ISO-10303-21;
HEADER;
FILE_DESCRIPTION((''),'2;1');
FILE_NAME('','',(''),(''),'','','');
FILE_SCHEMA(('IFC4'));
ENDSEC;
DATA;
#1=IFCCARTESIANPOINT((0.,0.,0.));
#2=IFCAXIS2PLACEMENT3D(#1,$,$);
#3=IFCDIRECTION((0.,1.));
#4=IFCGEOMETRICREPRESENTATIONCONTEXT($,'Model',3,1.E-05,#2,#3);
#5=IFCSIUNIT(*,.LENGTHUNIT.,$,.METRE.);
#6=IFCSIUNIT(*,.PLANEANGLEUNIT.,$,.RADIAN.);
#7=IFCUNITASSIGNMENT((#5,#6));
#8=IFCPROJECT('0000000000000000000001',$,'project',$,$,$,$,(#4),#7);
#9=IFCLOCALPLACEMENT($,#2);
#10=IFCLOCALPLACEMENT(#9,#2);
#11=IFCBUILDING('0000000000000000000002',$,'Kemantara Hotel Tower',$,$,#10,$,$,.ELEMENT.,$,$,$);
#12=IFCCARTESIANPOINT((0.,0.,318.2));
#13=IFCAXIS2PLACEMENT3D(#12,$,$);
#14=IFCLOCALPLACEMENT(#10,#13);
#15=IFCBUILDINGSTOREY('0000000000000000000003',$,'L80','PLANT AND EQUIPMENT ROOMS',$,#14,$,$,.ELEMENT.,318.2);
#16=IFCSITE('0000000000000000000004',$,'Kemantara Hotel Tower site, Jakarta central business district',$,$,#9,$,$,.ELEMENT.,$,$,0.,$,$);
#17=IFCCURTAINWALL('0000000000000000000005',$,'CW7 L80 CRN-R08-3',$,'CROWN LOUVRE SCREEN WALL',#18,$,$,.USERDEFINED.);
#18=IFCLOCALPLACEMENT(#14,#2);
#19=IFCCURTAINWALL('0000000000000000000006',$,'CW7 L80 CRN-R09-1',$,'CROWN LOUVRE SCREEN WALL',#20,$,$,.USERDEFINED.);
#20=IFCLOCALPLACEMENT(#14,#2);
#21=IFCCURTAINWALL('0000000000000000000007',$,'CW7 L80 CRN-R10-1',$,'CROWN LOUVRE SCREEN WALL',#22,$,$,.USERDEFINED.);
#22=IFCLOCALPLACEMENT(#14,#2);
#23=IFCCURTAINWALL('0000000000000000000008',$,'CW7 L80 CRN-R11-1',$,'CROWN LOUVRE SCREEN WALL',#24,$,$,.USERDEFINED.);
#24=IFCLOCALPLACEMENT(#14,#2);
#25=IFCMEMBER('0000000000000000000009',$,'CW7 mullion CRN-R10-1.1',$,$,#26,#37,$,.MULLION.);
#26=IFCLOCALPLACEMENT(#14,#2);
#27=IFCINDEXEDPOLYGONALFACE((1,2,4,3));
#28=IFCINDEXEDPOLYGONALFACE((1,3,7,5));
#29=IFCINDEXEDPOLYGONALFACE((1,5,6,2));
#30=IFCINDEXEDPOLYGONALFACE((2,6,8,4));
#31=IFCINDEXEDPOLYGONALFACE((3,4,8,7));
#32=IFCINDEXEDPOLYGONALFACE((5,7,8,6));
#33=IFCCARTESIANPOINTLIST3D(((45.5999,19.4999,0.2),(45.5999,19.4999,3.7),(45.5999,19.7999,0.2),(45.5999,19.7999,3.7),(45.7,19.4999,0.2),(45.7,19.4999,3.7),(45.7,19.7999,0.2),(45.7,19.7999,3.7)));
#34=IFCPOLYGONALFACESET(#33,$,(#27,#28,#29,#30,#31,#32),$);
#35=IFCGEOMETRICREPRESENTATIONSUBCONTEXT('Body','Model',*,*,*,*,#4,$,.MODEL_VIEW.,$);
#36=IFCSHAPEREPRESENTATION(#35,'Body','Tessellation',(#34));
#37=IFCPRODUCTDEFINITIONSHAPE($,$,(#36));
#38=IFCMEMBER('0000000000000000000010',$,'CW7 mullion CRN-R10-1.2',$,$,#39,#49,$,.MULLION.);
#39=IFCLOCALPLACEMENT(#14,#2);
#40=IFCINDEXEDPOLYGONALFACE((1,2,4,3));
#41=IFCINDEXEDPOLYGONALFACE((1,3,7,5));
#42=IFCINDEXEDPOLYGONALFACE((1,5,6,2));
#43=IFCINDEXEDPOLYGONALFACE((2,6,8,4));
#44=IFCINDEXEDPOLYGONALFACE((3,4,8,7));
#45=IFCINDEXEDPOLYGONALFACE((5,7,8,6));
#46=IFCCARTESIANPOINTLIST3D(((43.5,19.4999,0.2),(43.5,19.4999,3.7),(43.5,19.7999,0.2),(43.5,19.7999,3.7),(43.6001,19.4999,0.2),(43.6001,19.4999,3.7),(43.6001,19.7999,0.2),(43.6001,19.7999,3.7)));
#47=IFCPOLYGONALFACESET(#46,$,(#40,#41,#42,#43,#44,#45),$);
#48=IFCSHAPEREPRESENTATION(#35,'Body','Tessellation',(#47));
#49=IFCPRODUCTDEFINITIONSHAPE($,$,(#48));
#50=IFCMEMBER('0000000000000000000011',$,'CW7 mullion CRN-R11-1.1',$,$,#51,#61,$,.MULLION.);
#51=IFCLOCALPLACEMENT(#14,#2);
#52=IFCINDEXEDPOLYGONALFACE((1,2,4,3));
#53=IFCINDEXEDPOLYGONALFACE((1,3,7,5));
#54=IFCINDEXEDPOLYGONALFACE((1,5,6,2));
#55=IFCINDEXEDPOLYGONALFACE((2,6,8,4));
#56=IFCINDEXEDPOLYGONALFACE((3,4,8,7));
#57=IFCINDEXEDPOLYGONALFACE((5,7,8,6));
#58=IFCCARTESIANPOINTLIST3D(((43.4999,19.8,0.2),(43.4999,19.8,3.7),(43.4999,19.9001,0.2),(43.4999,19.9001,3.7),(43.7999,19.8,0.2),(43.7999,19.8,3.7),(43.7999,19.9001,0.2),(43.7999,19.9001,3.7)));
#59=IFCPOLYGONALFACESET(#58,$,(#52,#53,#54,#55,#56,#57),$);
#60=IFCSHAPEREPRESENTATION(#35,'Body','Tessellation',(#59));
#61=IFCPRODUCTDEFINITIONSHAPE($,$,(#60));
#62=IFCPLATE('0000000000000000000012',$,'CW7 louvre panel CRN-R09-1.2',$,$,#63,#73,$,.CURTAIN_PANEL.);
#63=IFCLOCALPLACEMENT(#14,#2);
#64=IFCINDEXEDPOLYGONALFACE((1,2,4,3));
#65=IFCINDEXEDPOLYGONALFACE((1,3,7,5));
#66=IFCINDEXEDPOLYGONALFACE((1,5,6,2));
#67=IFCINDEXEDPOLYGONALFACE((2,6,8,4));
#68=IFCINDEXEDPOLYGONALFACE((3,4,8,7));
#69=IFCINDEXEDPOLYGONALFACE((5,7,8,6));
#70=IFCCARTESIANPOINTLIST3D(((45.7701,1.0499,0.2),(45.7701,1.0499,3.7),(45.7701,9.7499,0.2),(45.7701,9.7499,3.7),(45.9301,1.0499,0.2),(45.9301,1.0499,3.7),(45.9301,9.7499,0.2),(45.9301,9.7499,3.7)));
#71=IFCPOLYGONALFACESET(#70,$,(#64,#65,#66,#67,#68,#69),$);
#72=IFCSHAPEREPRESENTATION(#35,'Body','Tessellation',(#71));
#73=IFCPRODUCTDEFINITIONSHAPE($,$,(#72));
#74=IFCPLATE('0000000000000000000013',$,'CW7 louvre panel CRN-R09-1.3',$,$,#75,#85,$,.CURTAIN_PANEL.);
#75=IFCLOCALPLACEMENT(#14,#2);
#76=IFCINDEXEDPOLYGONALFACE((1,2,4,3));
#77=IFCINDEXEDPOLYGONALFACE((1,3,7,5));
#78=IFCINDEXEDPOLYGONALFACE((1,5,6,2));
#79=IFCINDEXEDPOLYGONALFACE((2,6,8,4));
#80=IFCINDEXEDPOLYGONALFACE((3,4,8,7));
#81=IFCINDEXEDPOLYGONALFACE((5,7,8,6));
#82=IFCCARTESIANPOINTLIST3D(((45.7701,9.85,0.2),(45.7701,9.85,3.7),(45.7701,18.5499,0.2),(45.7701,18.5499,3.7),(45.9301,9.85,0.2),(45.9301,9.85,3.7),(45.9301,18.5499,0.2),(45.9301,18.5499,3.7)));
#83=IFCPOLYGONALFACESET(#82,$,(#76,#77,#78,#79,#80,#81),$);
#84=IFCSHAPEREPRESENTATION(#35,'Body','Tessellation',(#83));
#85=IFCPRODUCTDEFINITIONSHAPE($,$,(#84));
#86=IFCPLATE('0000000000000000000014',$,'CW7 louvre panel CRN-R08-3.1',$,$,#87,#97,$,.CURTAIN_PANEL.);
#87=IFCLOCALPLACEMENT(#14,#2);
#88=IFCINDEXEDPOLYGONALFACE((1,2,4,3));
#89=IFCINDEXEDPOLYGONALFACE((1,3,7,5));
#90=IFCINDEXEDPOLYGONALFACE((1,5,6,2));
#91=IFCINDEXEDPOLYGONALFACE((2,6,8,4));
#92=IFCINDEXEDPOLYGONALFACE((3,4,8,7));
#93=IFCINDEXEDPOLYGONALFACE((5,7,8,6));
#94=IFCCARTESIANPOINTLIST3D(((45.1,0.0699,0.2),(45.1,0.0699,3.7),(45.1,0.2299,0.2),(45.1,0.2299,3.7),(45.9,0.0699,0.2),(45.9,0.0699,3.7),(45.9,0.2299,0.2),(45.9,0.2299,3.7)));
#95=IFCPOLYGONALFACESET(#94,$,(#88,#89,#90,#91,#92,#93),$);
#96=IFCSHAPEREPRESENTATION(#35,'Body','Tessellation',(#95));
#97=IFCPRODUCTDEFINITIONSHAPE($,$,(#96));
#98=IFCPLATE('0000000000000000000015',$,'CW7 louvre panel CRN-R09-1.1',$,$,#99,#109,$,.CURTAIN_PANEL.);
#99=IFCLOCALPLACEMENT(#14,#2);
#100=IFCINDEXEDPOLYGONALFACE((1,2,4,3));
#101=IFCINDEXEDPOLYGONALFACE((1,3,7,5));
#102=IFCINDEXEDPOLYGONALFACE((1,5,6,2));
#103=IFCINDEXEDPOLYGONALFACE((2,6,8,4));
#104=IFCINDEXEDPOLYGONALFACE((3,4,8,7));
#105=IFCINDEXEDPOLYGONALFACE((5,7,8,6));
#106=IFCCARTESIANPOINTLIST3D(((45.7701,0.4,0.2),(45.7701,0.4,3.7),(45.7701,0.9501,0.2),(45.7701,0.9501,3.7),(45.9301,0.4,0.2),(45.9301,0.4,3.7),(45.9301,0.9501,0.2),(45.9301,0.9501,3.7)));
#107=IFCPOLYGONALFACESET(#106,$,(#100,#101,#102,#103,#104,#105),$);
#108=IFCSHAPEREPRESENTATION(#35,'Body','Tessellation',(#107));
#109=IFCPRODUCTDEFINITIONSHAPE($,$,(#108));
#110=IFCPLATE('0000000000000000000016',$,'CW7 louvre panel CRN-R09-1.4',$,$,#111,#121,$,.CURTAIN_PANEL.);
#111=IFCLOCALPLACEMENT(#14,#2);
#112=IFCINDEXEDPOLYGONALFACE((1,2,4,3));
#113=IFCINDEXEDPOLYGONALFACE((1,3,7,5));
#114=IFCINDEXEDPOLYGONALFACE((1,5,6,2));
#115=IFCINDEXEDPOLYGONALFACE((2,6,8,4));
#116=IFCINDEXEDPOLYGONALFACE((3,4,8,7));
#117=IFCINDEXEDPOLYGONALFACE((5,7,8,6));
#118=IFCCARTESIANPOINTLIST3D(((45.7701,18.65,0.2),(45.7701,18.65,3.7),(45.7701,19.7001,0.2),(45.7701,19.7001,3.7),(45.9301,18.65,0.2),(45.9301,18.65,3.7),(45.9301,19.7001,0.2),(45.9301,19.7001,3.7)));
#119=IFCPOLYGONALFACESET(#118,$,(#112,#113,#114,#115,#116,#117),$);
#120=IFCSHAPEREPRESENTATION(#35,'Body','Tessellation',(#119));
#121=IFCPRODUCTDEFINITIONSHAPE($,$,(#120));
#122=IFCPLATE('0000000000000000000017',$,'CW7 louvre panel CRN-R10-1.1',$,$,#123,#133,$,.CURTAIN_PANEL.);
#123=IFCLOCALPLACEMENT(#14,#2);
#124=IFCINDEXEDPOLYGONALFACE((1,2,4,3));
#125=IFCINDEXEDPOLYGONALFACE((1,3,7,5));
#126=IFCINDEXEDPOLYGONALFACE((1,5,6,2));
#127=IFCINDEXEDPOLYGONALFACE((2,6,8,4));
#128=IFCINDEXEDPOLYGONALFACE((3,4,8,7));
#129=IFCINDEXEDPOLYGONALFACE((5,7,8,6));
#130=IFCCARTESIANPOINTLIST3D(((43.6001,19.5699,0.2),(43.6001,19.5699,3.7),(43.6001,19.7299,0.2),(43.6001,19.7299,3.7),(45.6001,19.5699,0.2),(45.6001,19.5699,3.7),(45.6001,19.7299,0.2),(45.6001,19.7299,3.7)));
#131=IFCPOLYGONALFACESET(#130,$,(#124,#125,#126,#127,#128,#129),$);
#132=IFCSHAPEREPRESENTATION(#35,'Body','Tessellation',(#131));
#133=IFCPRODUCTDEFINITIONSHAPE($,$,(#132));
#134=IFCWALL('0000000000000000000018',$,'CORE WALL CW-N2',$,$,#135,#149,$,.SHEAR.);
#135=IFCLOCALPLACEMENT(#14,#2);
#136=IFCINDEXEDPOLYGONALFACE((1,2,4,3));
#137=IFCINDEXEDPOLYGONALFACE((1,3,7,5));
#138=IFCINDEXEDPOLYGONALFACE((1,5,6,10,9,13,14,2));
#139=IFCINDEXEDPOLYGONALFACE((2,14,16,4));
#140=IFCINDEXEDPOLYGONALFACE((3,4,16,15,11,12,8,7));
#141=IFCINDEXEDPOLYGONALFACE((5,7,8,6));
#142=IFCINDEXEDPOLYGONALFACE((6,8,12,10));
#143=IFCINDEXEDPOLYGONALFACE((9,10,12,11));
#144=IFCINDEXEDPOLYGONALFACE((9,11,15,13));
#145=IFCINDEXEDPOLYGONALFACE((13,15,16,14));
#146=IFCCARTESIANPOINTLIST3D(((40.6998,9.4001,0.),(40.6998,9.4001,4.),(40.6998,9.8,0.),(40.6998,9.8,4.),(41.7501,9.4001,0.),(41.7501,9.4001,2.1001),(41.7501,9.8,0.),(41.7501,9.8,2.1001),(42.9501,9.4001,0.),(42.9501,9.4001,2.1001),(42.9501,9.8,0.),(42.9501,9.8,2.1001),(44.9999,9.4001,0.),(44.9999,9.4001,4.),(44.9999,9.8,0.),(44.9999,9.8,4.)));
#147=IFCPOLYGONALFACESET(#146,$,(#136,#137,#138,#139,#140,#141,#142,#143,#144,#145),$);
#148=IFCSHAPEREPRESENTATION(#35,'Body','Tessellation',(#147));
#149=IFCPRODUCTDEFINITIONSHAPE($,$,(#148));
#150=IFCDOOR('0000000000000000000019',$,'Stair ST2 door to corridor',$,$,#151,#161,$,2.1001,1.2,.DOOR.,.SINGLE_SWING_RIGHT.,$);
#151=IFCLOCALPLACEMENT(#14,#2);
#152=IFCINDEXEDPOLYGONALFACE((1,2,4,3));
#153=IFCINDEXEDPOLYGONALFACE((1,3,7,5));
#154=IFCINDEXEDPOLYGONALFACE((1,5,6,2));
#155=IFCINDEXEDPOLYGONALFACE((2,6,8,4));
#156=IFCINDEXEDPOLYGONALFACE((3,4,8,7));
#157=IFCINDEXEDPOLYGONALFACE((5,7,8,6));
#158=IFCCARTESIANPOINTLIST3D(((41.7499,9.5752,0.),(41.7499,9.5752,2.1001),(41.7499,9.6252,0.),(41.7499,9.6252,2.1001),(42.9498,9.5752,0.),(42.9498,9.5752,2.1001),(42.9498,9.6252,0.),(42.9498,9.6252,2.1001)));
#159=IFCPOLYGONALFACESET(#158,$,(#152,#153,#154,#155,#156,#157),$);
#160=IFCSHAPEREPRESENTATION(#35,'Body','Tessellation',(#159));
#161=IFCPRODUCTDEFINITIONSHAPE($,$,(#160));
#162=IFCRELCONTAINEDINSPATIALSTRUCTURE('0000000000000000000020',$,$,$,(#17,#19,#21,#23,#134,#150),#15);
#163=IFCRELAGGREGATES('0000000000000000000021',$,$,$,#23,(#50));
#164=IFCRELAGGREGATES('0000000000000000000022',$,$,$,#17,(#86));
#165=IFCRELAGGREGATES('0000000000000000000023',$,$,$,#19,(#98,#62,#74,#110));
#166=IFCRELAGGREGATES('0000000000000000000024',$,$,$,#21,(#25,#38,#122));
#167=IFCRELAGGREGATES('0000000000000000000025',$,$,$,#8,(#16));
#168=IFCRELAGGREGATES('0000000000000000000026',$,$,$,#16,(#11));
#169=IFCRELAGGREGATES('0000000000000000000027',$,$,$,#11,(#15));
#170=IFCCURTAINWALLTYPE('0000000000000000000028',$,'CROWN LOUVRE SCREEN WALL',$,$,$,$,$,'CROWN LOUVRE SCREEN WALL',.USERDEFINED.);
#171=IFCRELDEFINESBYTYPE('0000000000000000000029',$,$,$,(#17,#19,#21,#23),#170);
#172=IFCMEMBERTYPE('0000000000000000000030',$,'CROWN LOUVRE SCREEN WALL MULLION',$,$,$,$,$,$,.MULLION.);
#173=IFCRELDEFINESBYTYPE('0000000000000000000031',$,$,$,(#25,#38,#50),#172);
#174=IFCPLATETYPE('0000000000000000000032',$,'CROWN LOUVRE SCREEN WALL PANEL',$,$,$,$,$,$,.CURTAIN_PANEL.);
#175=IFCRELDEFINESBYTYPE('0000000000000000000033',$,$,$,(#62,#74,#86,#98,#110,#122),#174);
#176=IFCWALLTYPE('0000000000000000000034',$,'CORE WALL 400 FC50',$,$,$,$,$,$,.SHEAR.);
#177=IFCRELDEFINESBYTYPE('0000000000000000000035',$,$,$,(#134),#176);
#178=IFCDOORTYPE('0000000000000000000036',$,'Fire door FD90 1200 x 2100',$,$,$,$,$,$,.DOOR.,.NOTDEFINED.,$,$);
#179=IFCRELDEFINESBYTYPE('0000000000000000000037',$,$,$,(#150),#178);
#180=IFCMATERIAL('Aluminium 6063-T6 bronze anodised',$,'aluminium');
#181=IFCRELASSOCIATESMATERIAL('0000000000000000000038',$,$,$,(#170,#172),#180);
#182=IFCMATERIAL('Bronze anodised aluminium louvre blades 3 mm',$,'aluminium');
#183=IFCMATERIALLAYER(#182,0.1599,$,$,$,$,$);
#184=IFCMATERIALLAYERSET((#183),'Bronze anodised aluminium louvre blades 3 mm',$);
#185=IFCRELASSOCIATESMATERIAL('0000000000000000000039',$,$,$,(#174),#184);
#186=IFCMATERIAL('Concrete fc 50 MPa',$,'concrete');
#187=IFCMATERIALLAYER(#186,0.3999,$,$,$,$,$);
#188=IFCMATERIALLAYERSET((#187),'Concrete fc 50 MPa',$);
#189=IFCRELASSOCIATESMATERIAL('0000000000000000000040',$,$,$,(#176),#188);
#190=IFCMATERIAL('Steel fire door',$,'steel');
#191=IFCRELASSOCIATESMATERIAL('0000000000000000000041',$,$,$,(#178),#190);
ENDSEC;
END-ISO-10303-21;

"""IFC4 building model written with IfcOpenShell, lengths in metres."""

from ifc_helpers import new_model, si_unit, direction, frame, frame_2d, origin, origin_2d, place, context, subcontext, project, spatial, rectangle, extrude, source, transform, mapped, material, layer, layer_set, material_profile, profile_set, type_object, element, fill, aggregate, save


model = new_model("IFC4")

# Units and contexts
model_context = context("Model", 3, precision=1e-05, world=origin(), true_north=direction((0.0, 1.0)))
body_context = subcontext(model_context, "Body", "Model", "MODEL_VIEW")
ifc_project = project(units=[si_unit("LENGTHUNIT", "METRE"), si_unit("PLANEANGLEUNIT", "RADIAN")], contexts=[model_context])

# Site, building, storey
site_placement = place(None, origin())
site = spatial("IfcSite", under=ifc_project, at=site_placement, Name="Kemantara Hotel Tower site, Jakarta central business district", CompositionType="ELEMENT", RefElevation=0.0)
building_placement = place(site_placement, origin())
building = spatial("IfcBuilding", under=site, at=building_placement, Name="Kemantara Hotel Tower", CompositionType="ELEMENT")
storey_placement = place(building_placement, frame((0.0, 0.0, 318.2)))
storey = spatial("IfcBuildingStorey", under=building, at=storey_placement, Name="L80", Description="PLANT AND EQUIPMENT ROOMS", CompositionType="ELEMENT", Elevation=318.2)

# Shared definitions
ifc_material_1 = material(Name="Concrete fc 50 MPa", Category="concrete")

# Curtain walls
ifc_material_2 = material(Name="Aluminium 6063-T6 bronze anodised", Category="aluminium")
curtain_wall_type = type_object("IfcCurtainWallType", Name="CROWN LOUVRE SCREEN WALL", ElementType="CROWN LOUVRE SCREEN WALL", PredefinedType="USERDEFINED", material=ifc_material_2)
curtain_wall_1_placement = place(storey_placement, origin())
curtain_wall_1 = element("IfcCurtainWall", 1, at=curtain_wall_1_placement, inside=storey, type_object=curtain_wall_type, Name="CW7 L80 CRN-R08-3", ObjectType="CROWN LOUVRE SCREEN WALL", PredefinedType="USERDEFINED")
curtain_wall_2_placement = place(storey_placement, origin())
curtain_wall_2 = element("IfcCurtainWall", 2, at=curtain_wall_2_placement, inside=storey, type_object=curtain_wall_type, Name="CW7 L80 CRN-R09-1", ObjectType="CROWN LOUVRE SCREEN WALL", PredefinedType="USERDEFINED")
curtain_wall_3_placement = place(storey_placement, origin())
curtain_wall_3 = element("IfcCurtainWall", 3, at=curtain_wall_3_placement, inside=storey, type_object=curtain_wall_type, Name="CW7 L80 CRN-R10-1", ObjectType="CROWN LOUVRE SCREEN WALL", PredefinedType="USERDEFINED")
curtain_wall_4_placement = place(storey_placement, origin())
curtain_wall_4 = element("IfcCurtainWall", 4, at=curtain_wall_4_placement, inside=storey, type_object=curtain_wall_type, Name="CW7 L80 CRN-R11-1", ObjectType="CROWN LOUVRE SCREEN WALL", PredefinedType="USERDEFINED")
ifc_material_profile_1 = material_profile(ifc_material_2, rectangle(XDim=0.3, YDim=0.1001, at=origin_2d()), Name="CROWN LOUVRE SCREEN WALL MULLION")
ifc_profile_set_1 = profile_set([ifc_material_profile_1], Name="Aluminium 6063-T6 bronze anodised")
member_type_1 = type_object("IfcMemberType", Name="CROWN LOUVRE SCREEN WALL MULLION", PredefinedType="MULLION", material=ifc_profile_set_1)
shared_shape_1 = source(origin(), body_context, "Body", "SweptSolid", [
    extrude(rectangle(XDim=0.3, YDim=0.1001, at=origin_2d()), origin(), (0.0, 0.0, 1.0), 3.5),
])

# Members
member_1_placement = place(storey_placement, frame((45.6499, 19.6499, 0.2), z_axis=(0.0, 0.0, 1.0), x_axis=(0.0, -1.0, 0.0)))
member_1 = element("IfcMember", 5, at=member_1_placement, type_object=member_type_1, Name="CW7 mullion CRN-R10-1.1", PredefinedType="MULLION", context=body_context, shape_type="MappedRepresentation", body=[
    mapped(shared_shape_1, transform((0.0, 0.0, 0.0))),
])
member_2_placement = place(storey_placement, frame((43.55, 19.6499, 0.2), z_axis=(0.0, 0.0, 1.0), x_axis=(0.0, -1.0, 0.0)))
member_2 = element("IfcMember", 6, at=member_2_placement, type_object=member_type_1, Name="CW7 mullion CRN-R10-1.2", PredefinedType="MULLION", context=body_context, shape_type="MappedRepresentation", body=[
    mapped(shared_shape_1, transform((0.0, 0.0, 0.0))),
])
member_3_placement = place(storey_placement, frame((43.6499, 19.8501, 0.2), z_axis=(0.0, 0.0, 1.0), x_axis=(-1.0, 0.0, 0.0)))
member_3 = element("IfcMember", 7, at=member_3_placement, type_object=member_type_1, Name="CW7 mullion CRN-R11-1.1", PredefinedType="MULLION", context=body_context, shape_type="MappedRepresentation", body=[
    mapped(shared_shape_1, transform((0.0, 0.0, 0.0))),
])
aggregate(curtain_wall_4, [member_3])

# Plates
ifc_material_3 = material(Name="Bronze anodised aluminium louvre blades 3 mm", Category="aluminium")
ifc_layer_1 = layer(ifc_material_3, 0.1599)
ifc_layer_set_1 = layer_set([ifc_layer_1], Name="Bronze anodised aluminium louvre blades 3 mm")
plate_type = type_object("IfcPlateType", Name="CROWN LOUVRE SCREEN WALL PANEL", PredefinedType="CURTAIN_PANEL", material=ifc_layer_set_1)
shared_shape_2 = source(origin(), body_context, "Body", "SweptSolid", [
    extrude(rectangle(XDim=8.7, YDim=0.1599, at=origin_2d()), origin(), (0.0, 0.0, 1.0), 3.5),
])
plate_1_placement = place(storey_placement, frame((45.8501, 5.3999, 0.2), z_axis=(0.0, 0.0, 1.0), x_axis=(0.0, 1.0, 0.0)))
plate_1 = element("IfcPlate", 8, at=plate_1_placement, type_object=plate_type, Name="CW7 louvre panel CRN-R09-1.2", PredefinedType="CURTAIN_PANEL", context=body_context, shape_type="MappedRepresentation", body=[
    mapped(shared_shape_2, transform((0.0, 0.0, 0.0))),
])
plate_2_placement = place(storey_placement, frame((45.8501, 14.2, 0.2), z_axis=(0.0, 0.0, 1.0), x_axis=(0.0, 1.0, 0.0)))
plate_2 = element("IfcPlate", 9, at=plate_2_placement, type_object=plate_type, Name="CW7 louvre panel CRN-R09-1.3", PredefinedType="CURTAIN_PANEL", context=body_context, shape_type="MappedRepresentation", body=[
    mapped(shared_shape_2, transform((0.0, 0.0, 0.0))),
])
shared_shape_3 = source(origin(), body_context, "Body", "SweptSolid", [
    extrude(rectangle(XDim=0.8, YDim=0.1599, at=origin_2d()), origin(), (0.0, 0.0, 1.0), 3.5),
])
plate_3_placement = place(storey_placement, frame((45.5, 0.1499, 0.2), z_axis=(0.0, 0.0, 1.0), x_axis=(1.0, 0.0, 0.0)))
plate_3 = element("IfcPlate", 10, at=plate_3_placement, type_object=plate_type, Name="CW7 louvre panel CRN-R08-3.1", PredefinedType="CURTAIN_PANEL", context=body_context, shape_type="MappedRepresentation", body=[
    mapped(shared_shape_3, transform((0.0, 0.0, 0.0))),
])
aggregate(curtain_wall_1, [plate_3])
shared_shape_4 = source(origin(), body_context, "Body", "SweptSolid", [
    extrude(rectangle(XDim=0.55, YDim=0.1599, at=origin_2d()), origin(), (0.0, 0.0, 1.0), 3.5),
])
plate_4_placement = place(storey_placement, frame((45.8501, 0.675, 0.2), z_axis=(0.0, 0.0, 1.0), x_axis=(0.0, 1.0, 0.0)))
plate_4 = element("IfcPlate", 11, at=plate_4_placement, type_object=plate_type, Name="CW7 louvre panel CRN-R09-1.1", PredefinedType="CURTAIN_PANEL", context=body_context, shape_type="MappedRepresentation", body=[
    mapped(shared_shape_4, transform((0.0, 0.0, 0.0))),
])
shared_shape_5 = source(origin(), body_context, "Body", "SweptSolid", [
    extrude(rectangle(XDim=1.05, YDim=0.1599, at=origin_2d()), origin(), (0.0, 0.0, 1.0), 3.5),
])
plate_5_placement = place(storey_placement, frame((45.8501, 19.175, 0.2), z_axis=(0.0, 0.0, 1.0), x_axis=(0.0, 1.0, 0.0)))
plate_5 = element("IfcPlate", 12, at=plate_5_placement, type_object=plate_type, Name="CW7 louvre panel CRN-R09-1.4", PredefinedType="CURTAIN_PANEL", context=body_context, shape_type="MappedRepresentation", body=[
    mapped(shared_shape_5, transform((0.0, 0.0, 0.0))),
])
aggregate(curtain_wall_2, [plate_4, plate_1, plate_2, plate_5])
shared_shape_6 = source(origin(), body_context, "Body", "SweptSolid", [
    extrude(rectangle(XDim=2.0, YDim=0.1599, at=origin_2d()), origin(), (0.0, 0.0, 1.0), 3.5),
])
plate_6_placement = place(storey_placement, frame((44.6001, 19.6499, 0.2), z_axis=(0.0, 0.0, 1.0), x_axis=(-1.0, 0.0, 0.0)))
plate_6 = element("IfcPlate", 13, at=plate_6_placement, type_object=plate_type, Name="CW7 louvre panel CRN-R10-1.1", PredefinedType="CURTAIN_PANEL", context=body_context, shape_type="MappedRepresentation", body=[
    mapped(shared_shape_6, transform((0.0, 0.0, 0.0))),
])
aggregate(curtain_wall_3, [member_1, member_2, plate_6])

# Wall, opening, door
ifc_layer_2 = layer(ifc_material_1, 0.3999)
ifc_layer_set_2 = layer_set([ifc_layer_2], Name="Concrete fc 50 MPa")
wall_type_1 = type_object("IfcWallType", Name="CORE WALL 400 FC50", PredefinedType="SHEAR", material=ifc_layer_set_2)
wall_1_placement = place(storey_placement, frame((40.7, 9.6001, 0.0), z_axis=(0.0, 0.0, 1.0), x_axis=(1.0, 0.0, 0.0)))
wall_1 = element("IfcWall", 14, at=wall_1_placement, inside=storey, type_object=wall_type_1, Name="CORE WALL CW-N2", PredefinedType="SHEAR", context=body_context, shape_type="SweptSolid", body=[
    extrude(rectangle(XDim=4.3, YDim=0.3999, at=frame_2d((2.1499, 0.0))), origin(), (0.0, 0.0, 1.0), 4.0),
])
opening_1_placement = place(wall_1_placement, frame((1.05, 0.0, 0.0)))
opening_1 = element("IfcOpeningElement", 15, at=opening_1_placement, cuts=wall_1, PredefinedType="OPENING", context=body_context, shape_type="SweptSolid", body=[
    extrude(rectangle(XDim=1.2, YDim=2.1001, at=frame_2d((0.6001, 1.05))), frame((0.0, 0.21, 0.0), z_axis=(0.0, -1.0, 0.0), x_axis=(1.0, 0.0, 0.0)), (0.0, 0.0, 1.0), 0.4199),
])
ifc_material_4 = material(Name="Steel fire door", Category="steel")
door_type_1 = type_object("IfcDoorType", Name="Fire door FD90 1200 x 2100", OperationType="NOTDEFINED", PredefinedType="DOOR", material=ifc_material_4)
door_1_placement = place(opening_1_placement, frame((1.2, 0.0, 0.0), z_axis=(0.0, 0.0, 1.0), x_axis=(-1.0, 0.0, 0.0)))
door_1 = element("IfcDoor", 16, at=door_1_placement, inside=storey, type_object=door_type_1, Name="Stair ST2 door to corridor", OperationType="SINGLE_SWING_RIGHT", OverallHeight=2.1001, OverallWidth=1.2, PredefinedType="DOOR", context=body_context, shape_type="SweptSolid", body=[
    extrude(rectangle(XDim=1.2, YDim=2.1001, at=frame_2d((0.6001, 1.05))), frame((0.0, 0.0249, 0.0), z_axis=(0.0, -1.0, 0.0), x_axis=(1.0, 0.0, 0.0)), (0.0, 0.0, 1.0), 0.05),
])
fill(opening_1, door_1)

save(model, "model.ifc")
